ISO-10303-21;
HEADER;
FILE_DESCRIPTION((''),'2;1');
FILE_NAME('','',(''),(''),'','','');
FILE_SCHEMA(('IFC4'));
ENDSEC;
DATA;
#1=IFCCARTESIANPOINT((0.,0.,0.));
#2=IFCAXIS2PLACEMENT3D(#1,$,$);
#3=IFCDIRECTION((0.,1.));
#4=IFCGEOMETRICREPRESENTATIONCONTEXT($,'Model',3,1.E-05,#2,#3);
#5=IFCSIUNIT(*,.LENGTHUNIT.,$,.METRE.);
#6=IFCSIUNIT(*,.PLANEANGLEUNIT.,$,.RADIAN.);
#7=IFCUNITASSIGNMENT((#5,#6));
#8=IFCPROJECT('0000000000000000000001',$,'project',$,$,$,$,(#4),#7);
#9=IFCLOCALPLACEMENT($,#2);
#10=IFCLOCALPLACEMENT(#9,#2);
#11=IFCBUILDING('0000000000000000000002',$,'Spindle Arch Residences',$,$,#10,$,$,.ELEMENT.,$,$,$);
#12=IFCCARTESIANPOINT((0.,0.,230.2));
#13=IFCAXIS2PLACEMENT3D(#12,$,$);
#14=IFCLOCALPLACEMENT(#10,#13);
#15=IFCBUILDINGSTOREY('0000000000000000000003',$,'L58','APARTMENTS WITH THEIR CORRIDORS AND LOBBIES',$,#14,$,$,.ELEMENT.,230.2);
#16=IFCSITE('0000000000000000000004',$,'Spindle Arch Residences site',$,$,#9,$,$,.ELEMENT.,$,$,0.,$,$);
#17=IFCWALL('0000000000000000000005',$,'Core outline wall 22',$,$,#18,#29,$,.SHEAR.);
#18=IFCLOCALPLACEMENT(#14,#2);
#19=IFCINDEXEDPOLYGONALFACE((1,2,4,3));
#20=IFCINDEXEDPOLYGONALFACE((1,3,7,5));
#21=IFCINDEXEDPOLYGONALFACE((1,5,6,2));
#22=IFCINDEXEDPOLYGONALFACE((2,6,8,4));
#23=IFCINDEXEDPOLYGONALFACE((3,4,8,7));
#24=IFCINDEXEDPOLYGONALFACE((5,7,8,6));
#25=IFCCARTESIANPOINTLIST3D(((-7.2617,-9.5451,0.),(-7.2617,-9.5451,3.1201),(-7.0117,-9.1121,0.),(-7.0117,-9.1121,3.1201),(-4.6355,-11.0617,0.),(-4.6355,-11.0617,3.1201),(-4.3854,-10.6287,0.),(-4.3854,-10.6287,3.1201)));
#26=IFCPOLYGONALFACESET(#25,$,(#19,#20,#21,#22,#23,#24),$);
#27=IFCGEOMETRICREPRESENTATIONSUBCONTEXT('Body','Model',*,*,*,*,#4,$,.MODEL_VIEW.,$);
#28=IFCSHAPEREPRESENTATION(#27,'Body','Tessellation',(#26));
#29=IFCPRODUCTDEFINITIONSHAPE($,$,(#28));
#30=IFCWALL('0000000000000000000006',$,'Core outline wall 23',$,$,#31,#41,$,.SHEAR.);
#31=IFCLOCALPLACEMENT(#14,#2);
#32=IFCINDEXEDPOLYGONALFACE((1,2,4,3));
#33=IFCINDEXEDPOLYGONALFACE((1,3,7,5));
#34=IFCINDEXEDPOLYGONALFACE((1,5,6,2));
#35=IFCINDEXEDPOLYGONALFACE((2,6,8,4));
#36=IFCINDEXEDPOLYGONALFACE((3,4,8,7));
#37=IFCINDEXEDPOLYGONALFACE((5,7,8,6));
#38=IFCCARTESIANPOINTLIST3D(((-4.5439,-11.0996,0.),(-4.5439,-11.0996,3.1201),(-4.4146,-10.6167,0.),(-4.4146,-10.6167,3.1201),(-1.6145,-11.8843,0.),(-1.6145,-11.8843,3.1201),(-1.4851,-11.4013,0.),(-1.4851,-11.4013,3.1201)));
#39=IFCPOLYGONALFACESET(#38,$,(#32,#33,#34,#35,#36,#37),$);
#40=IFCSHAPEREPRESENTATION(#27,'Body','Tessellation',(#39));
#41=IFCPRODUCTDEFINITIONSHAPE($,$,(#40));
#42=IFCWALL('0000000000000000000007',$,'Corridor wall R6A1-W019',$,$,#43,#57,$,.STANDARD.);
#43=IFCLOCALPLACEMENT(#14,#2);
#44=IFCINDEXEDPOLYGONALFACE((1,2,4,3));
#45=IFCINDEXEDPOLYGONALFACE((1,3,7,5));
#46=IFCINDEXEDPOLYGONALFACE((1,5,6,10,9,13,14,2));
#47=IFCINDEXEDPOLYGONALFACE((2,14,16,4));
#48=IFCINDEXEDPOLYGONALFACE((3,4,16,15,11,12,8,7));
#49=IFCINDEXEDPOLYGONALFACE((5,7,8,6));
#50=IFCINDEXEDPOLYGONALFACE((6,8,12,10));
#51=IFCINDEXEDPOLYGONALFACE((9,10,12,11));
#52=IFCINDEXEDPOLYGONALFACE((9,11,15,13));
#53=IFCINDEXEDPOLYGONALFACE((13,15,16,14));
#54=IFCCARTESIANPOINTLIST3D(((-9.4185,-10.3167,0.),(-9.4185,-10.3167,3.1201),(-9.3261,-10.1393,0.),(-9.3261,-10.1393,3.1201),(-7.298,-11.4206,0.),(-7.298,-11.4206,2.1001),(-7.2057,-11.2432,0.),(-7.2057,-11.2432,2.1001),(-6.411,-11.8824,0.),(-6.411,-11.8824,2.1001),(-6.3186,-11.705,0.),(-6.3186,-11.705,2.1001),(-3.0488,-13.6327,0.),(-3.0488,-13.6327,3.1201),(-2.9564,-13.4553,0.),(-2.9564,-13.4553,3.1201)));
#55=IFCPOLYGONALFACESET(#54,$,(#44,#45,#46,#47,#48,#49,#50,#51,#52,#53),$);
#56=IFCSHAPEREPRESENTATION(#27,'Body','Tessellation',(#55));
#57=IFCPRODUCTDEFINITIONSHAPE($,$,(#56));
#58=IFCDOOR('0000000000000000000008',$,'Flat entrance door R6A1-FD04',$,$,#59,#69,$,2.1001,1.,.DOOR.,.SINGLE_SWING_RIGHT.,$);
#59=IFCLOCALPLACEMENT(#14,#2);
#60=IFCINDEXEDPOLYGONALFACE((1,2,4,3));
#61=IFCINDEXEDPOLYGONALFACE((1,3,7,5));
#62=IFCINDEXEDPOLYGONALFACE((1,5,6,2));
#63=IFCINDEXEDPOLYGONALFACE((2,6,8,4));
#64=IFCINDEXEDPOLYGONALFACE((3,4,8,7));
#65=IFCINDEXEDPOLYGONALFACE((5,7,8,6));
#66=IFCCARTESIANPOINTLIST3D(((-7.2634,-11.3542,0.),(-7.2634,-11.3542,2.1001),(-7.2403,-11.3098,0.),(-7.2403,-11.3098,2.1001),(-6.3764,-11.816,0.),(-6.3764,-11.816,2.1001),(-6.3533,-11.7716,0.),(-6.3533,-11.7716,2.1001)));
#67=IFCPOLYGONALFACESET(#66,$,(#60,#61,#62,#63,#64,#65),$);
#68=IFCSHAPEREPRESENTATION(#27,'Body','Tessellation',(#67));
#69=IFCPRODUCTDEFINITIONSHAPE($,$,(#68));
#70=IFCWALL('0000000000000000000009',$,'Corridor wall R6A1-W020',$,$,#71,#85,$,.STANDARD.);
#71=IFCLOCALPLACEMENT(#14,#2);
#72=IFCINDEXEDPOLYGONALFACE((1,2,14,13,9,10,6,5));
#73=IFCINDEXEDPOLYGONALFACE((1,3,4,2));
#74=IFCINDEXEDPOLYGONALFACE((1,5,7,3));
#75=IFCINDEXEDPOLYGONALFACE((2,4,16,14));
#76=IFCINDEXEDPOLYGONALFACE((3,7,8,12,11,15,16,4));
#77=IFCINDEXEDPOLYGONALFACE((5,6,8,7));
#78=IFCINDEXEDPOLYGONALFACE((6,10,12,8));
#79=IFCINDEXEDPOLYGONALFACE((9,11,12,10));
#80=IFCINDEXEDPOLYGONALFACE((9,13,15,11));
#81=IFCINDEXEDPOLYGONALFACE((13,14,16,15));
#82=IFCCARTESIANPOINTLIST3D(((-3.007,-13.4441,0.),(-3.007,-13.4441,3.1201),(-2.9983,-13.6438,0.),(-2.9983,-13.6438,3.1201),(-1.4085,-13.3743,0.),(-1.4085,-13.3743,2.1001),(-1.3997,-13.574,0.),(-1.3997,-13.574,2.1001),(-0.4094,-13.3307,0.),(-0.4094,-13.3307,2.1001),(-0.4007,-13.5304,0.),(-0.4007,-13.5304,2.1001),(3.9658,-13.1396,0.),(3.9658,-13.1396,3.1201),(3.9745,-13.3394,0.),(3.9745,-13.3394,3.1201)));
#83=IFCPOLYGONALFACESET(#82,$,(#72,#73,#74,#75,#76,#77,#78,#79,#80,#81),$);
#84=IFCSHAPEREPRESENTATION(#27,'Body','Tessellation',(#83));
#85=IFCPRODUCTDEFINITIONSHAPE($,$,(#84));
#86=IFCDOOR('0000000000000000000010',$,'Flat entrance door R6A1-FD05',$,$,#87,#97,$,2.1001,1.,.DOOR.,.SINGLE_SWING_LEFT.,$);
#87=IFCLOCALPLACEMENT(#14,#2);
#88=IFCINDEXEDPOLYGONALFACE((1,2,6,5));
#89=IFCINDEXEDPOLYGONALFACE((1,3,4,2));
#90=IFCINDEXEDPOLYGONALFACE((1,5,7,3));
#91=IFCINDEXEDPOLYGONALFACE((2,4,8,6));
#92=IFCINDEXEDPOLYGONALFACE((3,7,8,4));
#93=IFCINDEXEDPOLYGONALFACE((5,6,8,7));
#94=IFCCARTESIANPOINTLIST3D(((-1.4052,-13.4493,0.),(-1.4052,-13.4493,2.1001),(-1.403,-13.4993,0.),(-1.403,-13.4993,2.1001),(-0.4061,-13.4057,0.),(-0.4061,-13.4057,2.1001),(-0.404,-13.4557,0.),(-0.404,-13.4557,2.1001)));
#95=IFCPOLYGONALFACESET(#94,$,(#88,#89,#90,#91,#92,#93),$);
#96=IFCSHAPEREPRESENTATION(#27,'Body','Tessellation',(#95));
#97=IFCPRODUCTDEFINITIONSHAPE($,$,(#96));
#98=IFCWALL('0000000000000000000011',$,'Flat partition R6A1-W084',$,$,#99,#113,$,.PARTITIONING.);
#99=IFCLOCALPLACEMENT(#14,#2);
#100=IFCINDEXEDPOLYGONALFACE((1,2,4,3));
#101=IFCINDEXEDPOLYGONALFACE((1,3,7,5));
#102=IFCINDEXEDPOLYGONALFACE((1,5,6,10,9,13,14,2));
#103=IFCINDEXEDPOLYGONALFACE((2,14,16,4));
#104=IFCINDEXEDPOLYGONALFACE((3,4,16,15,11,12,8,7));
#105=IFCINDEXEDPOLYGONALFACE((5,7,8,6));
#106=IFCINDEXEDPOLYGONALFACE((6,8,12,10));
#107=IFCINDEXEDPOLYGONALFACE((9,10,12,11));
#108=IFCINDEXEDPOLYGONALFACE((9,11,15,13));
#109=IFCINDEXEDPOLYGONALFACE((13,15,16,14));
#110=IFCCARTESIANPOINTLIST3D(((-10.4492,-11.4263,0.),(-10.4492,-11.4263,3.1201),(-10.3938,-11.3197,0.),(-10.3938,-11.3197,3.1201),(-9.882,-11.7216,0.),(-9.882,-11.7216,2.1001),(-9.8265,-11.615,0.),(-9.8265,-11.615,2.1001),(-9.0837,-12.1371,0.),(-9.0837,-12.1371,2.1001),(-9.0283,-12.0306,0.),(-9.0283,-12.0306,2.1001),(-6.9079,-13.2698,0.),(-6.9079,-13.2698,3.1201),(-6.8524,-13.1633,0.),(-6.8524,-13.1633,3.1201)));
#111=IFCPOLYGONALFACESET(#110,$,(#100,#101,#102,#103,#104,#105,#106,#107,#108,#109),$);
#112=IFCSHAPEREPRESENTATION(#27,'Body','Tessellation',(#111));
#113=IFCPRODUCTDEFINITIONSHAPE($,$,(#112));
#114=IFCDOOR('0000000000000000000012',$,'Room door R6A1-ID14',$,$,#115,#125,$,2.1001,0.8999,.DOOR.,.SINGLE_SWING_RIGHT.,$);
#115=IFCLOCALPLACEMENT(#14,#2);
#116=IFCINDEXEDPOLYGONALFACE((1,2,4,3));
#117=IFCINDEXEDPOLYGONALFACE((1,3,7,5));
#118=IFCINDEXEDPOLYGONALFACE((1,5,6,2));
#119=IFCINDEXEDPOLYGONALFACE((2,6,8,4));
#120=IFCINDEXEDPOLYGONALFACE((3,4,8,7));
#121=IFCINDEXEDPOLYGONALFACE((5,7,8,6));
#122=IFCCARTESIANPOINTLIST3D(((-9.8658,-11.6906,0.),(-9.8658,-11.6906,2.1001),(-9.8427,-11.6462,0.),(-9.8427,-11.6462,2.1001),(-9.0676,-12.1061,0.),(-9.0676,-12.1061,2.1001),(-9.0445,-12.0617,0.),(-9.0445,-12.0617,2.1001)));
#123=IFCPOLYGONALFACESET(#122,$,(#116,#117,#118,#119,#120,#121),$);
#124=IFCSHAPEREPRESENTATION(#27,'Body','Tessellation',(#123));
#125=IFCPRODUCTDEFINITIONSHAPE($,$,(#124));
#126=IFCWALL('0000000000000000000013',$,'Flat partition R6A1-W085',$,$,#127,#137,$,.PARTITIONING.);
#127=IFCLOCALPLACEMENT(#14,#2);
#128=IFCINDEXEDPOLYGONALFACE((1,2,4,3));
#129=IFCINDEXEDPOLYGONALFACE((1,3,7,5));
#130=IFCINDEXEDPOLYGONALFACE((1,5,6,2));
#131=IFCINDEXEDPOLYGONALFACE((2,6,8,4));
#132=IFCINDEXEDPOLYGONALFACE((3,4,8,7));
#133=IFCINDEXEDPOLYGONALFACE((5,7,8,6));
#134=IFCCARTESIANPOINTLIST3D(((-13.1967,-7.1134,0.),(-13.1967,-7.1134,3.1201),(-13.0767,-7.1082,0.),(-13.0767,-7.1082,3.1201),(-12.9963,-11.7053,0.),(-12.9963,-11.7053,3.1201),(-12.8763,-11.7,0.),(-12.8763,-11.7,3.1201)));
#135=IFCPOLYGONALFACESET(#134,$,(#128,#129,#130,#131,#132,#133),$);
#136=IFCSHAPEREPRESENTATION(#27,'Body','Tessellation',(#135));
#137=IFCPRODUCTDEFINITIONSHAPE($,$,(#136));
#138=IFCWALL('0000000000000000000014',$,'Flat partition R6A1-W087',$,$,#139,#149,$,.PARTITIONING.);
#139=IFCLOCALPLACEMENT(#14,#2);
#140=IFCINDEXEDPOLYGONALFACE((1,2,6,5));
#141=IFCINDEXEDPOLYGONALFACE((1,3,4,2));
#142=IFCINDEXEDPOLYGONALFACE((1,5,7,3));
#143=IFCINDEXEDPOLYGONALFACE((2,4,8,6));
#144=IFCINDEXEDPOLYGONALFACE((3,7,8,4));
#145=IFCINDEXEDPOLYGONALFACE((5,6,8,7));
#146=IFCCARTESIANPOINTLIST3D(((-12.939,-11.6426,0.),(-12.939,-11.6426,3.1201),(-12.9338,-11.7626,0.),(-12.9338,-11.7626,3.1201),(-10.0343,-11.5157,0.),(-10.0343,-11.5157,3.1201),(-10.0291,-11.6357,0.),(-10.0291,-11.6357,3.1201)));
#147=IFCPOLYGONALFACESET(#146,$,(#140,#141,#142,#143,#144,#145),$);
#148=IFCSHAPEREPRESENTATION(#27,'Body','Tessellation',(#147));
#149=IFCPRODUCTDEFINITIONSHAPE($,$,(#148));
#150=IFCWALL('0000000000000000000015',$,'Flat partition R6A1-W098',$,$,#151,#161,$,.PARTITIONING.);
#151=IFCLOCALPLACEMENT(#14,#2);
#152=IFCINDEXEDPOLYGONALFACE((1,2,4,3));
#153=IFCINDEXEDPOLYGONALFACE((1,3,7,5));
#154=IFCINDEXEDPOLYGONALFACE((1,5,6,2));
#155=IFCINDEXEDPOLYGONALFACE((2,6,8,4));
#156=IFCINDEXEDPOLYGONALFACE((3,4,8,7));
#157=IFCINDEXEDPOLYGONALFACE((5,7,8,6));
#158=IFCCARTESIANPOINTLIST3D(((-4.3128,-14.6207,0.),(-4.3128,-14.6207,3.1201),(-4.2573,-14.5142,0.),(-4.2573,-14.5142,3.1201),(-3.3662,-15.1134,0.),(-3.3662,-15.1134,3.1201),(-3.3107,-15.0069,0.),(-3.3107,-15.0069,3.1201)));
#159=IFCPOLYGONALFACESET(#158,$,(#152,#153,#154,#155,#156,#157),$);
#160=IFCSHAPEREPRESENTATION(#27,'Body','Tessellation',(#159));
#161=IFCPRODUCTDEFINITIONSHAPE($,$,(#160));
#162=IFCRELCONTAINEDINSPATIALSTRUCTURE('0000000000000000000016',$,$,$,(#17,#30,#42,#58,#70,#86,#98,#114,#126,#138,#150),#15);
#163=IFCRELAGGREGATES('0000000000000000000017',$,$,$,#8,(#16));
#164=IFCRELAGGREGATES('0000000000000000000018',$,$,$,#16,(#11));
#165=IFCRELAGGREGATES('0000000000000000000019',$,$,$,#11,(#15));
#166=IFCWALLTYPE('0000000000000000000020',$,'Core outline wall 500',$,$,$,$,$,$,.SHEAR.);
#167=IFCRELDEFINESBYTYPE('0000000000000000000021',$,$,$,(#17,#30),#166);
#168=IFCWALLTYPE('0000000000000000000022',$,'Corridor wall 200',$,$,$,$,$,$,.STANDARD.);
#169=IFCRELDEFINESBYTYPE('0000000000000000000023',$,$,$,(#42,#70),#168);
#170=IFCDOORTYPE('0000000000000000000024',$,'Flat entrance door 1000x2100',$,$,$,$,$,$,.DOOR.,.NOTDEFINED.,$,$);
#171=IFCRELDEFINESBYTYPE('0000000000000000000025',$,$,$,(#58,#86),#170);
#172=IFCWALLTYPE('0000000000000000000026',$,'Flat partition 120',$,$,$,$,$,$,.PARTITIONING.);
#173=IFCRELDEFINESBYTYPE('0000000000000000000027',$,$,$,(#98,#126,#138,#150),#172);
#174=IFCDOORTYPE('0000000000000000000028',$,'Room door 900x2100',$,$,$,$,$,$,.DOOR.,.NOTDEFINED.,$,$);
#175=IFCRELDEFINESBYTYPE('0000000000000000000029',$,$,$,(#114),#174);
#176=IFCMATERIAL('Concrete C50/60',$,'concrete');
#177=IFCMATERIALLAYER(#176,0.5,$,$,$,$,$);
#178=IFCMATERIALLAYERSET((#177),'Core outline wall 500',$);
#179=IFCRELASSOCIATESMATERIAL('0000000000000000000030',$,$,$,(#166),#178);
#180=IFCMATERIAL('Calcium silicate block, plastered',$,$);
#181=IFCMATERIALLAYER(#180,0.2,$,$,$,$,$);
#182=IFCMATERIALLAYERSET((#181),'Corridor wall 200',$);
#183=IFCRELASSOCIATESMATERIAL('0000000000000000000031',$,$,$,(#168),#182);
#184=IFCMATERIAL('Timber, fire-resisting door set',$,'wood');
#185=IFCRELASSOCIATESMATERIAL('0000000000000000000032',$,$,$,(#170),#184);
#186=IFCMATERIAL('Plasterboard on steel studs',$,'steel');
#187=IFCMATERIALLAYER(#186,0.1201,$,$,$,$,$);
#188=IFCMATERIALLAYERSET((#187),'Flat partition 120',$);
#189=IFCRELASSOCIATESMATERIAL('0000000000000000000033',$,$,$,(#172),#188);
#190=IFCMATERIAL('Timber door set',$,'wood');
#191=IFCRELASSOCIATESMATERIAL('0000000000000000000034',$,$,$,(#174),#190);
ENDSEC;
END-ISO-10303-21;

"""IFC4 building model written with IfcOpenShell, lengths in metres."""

from ifc_helpers import new_model, si_unit, direction, frame, frame_2d, origin, place, context, subcontext, project, spatial, rectangle, extrude, material, layer, layer_set, type_object, element, fill, save


model = new_model("IFC4")

# Units and contexts
model_context = context("Model", 3, precision=1e-05, world=origin(), true_north=direction((0.0, 1.0)))
body_context = subcontext(model_context, "Body", "Model", "MODEL_VIEW")
ifc_project = project(units=[si_unit("LENGTHUNIT", "METRE"), si_unit("PLANEANGLEUNIT", "RADIAN")], contexts=[model_context])

# Site, building, storey
site_placement = place(None, origin())
site = spatial("IfcSite", under=ifc_project, at=site_placement, Name="Spindle Arch Residences site", CompositionType="ELEMENT", RefElevation=0.0)
building_placement = place(site_placement, origin())
building = spatial("IfcBuilding", under=site, at=building_placement, Name="Spindle Arch Residences", CompositionType="ELEMENT")
storey_placement = place(building_placement, frame((0.0, 0.0, 230.2)))
storey = spatial("IfcBuildingStorey", under=building, at=storey_placement, Name="L58", Description="APARTMENTS WITH THEIR CORRIDORS AND LOBBIES", CompositionType="ELEMENT", Elevation=230.2)

# Walls
ifc_material_1 = material(Name="Concrete C50/60", Category="concrete")
ifc_layer_1 = layer(ifc_material_1, 0.5)
ifc_layer_set_1 = layer_set([ifc_layer_1], Name="Core outline wall 500")
wall_type_1 = type_object("IfcWallType", Name="Core outline wall 500", PredefinedType="SHEAR", material=ifc_layer_set_1)
for number, where, z_axis, x_axis, name in (
    (1, (-7.1367, -9.3286, 0.0), (0.0, 0.0, 1.0), (0.865975, -0.500087, 0.0), "Core outline wall 22"),
    (2, (-4.4792, -10.8582, 0.0), (0.0, 0.0, 1.0), (0.965948, -0.258735, 0.0), "Core outline wall 23"),
):
    element("IfcWall", number, at=place(storey_placement, frame(where, z_axis=z_axis, x_axis=x_axis)), inside=storey, type_object=wall_type_1, Name=name, PredefinedType="SHEAR", context=body_context, shape_type="SweptSolid", body=[
        extrude(rectangle(XDim=3.0327, YDim=0.5, at=frame_2d((1.5164, 0.0))), origin(), (0.0, 0.0, 1.0), 3.1201),
    ])

# Walls, openings, doors
ifc_material_2 = material(Name="Calcium silicate block, plastered")
ifc_layer_2 = layer(ifc_material_2, 0.2)
ifc_layer_set_2 = layer_set([ifc_layer_2], Name="Corridor wall 200")
wall_type_2 = type_object("IfcWallType", Name="Corridor wall 200", PredefinedType="STANDARD", material=ifc_layer_set_2)
wall_1_placement = place(storey_placement, frame((-9.3723, -10.228, 0.0), z_axis=(0.0, 0.0, 1.0), x_axis=(0.887005, -0.461759, 0.0)))
wall_1 = element("IfcWall", 3, at=wall_1_placement, inside=storey, type_object=wall_type_2, Name="Corridor wall R6A1-W019", PredefinedType="STANDARD", context=body_context, shape_type="SweptSolid", body=[
    extrude(rectangle(XDim=7.1812, YDim=0.2, at=frame_2d((3.5906, 0.0))), origin(), (0.0, 0.0, 1.0), 3.1201),
])
opening_1_placement = place(wall_1_placement, frame((2.3906, 0.0, 0.0)))
opening_1 = element("IfcOpeningElement", 4, at=opening_1_placement, cuts=wall_1, PredefinedType="OPENING", context=body_context, shape_type="SweptSolid", body=[
    extrude(rectangle(XDim=1.0, YDim=2.1001, at=frame_2d((0.5, 1.05))), frame((0.0, 0.1099, 0.0), z_axis=(0.0, -1.0, 0.0), x_axis=(1.0, 0.0, 0.0)), (0.0, 0.0, 1.0), 0.22),
])
ifc_material_3 = material(Name="Timber, fire-resisting door set", Category="wood")
door_type_1 = type_object("IfcDoorType", Name="Flat entrance door 1000x2100", OperationType="NOTDEFINED", PredefinedType="DOOR", material=ifc_material_3)
door_1_placement = place(opening_1_placement, origin())
door_1 = element("IfcDoor", 5, at=door_1_placement, inside=storey, type_object=door_type_1, Name="Flat entrance door R6A1-FD04", OperationType="SINGLE_SWING_RIGHT", OverallHeight=2.1001, OverallWidth=1.0, PredefinedType="DOOR", context=body_context, shape_type="SweptSolid", body=[
    extrude(rectangle(XDim=1.0, YDim=2.1001, at=frame_2d((0.5, 1.05))), frame((0.0, 0.0249, 0.0), z_axis=(0.0, -1.0, 0.0), x_axis=(1.0, 0.0, 0.0)), (0.0, 0.0, 1.0), 0.05),
])
fill(opening_1, door_1)
wall_2_placement = place(storey_placement, frame((-3.0027, -13.5439, 0.0), z_axis=(0.0, 0.0, 1.0), x_axis=(0.999048, 0.043619, 0.0)))
wall_2 = element("IfcWall", 6, at=wall_2_placement, inside=storey, type_object=wall_type_2, Name="Corridor wall R6A1-W020", PredefinedType="STANDARD", context=body_context, shape_type="SweptSolid", body=[
    extrude(rectangle(XDim=6.9795, YDim=0.2, at=frame_2d((3.4897, 0.0))), origin(), (0.0, 0.0, 1.0), 3.1201),
])
opening_2_placement = place(wall_2_placement, frame((1.6001, 0.0, 0.0)))
opening_2 = element("IfcOpeningElement", 7, at=opening_2_placement, cuts=wall_2, PredefinedType="OPENING", context=body_context, shape_type="SweptSolid", body=[
    extrude(rectangle(XDim=1.0, YDim=2.1001, at=frame_2d((0.5, 1.05))), frame((0.0, 0.1099, 0.0), z_axis=(0.0, -1.0, 0.0), x_axis=(1.0, 0.0, 0.0)), (0.0, 0.0, 1.0), 0.22),
])
door_2_placement = place(opening_2_placement, origin())
door_2 = element("IfcDoor", 8, at=door_2_placement, inside=storey, type_object=door_type_1, Name="Flat entrance door R6A1-FD05", OperationType="SINGLE_SWING_LEFT", OverallHeight=2.1001, OverallWidth=1.0, PredefinedType="DOOR", context=body_context, shape_type="SweptSolid", body=[
    extrude(rectangle(XDim=1.0, YDim=2.1001, at=frame_2d((0.5, 1.05))), frame((0.0, 0.0249, 0.0), z_axis=(0.0, -1.0, 0.0), x_axis=(1.0, 0.0, 0.0)), (0.0, 0.0, 1.0), 0.05),
])
fill(opening_2, door_2)
ifc_material_4 = material(Name="Plasterboard on steel studs", Category="steel")
ifc_layer_3 = layer(ifc_material_4, 0.1201)
ifc_layer_set_3 = layer_set([ifc_layer_3], Name="Flat partition 120")
wall_type_3 = type_object("IfcWallType", Name="Flat partition 120", PredefinedType="PARTITIONING", material=ifc_layer_set_3)
wall_3_placement = place(storey_placement, frame((-10.4214, -11.373, 0.0), z_axis=(0.0, 0.0, 1.0), x_axis=(0.887006, -0.461757, 0.0)))
wall_3 = element("IfcWall", 9, at=wall_3_placement, inside=storey, type_object=wall_type_3, Name="Flat partition R6A1-W084", PredefinedType="PARTITIONING", context=body_context, shape_type="SweptSolid", body=[
    extrude(rectangle(XDim=3.9924, YDim=0.1201, at=frame_2d((1.9961, 0.0))), origin(), (0.0, 0.0, 1.0), 3.1201),
])
opening_3_placement = place(wall_3_placement, frame((0.6394, 0.0, 0.0)))
opening_3 = element("IfcOpeningElement", 10, at=opening_3_placement, cuts=wall_3, PredefinedType="OPENING", context=body_context, shape_type="SweptSolid", body=[
    extrude(rectangle(XDim=0.8999, YDim=2.1001, at=frame_2d((0.45, 1.05))), frame((0.0, 0.0701, 0.0), z_axis=(0.0, -1.0, 0.0), x_axis=(1.0, 0.0, 0.0)), (0.0, 0.0, 1.0), 0.1401),
])
ifc_material_5 = material(Name="Timber door set", Category="wood")
door_type_2 = type_object("IfcDoorType", Name="Room door 900x2100", OperationType="NOTDEFINED", PredefinedType="DOOR", material=ifc_material_5)
door_3_placement = place(opening_3_placement, origin())
door_3 = element("IfcDoor", 11, at=door_3_placement, inside=storey, type_object=door_type_2, Name="Room door R6A1-ID14", OperationType="SINGLE_SWING_RIGHT", OverallHeight=2.1001, OverallWidth=0.8999, PredefinedType="DOOR", context=body_context, shape_type="SweptSolid", body=[
    extrude(rectangle(XDim=0.8999, YDim=2.1001, at=frame_2d((0.45, 1.05))), frame((0.0, 0.0249, 0.0), z_axis=(0.0, -1.0, 0.0), x_axis=(1.0, 0.0, 0.0)), (0.0, 0.0, 1.0), 0.05),
])
fill(opening_3, door_3)

# Walls
wall_4_placement = place(storey_placement, frame((-12.9363, -11.7026, 0.0), z_axis=(0.0, 0.0, 1.0), x_axis=(-0.04361, 0.999049, 0.0)))
element("IfcWall", 12, at=wall_4_placement, inside=storey, type_object=wall_type_3, Name="Flat partition R6A1-W085", PredefinedType="PARTITIONING", context=body_context, shape_type="SweptSolid", body=[
    extrude(rectangle(XDim=4.5962, YDim=0.1201, at=frame_2d((2.2981, 0.0))), origin(), (0.0, 0.0, 1.0), 3.1201),
])
wall_5_placement = place(storey_placement, frame((-12.9363, -11.7026, 0.0), z_axis=(0.0, 0.0, 1.0), x_axis=(0.999046, 0.043663, 0.0)))
element("IfcWall", 13, at=wall_5_placement, inside=storey, type_object=wall_type_3, Name="Flat partition R6A1-W087", PredefinedType="PARTITIONING", context=body_context, shape_type="SweptSolid", body=[
    extrude(rectangle(XDim=2.9075, YDim=0.1201, at=frame_2d((1.4536, 0.0))), origin(), (0.0, 0.0, 1.0), 3.1201),
])
wall_6_placement = place(storey_placement, frame((-4.2852, -14.5674, 0.0), z_axis=(0.0, 0.0, 1.0), x_axis=(0.887033, -0.461706, 0.0)))
element("IfcWall", 14, at=wall_6_placement, inside=storey, type_object=wall_type_3, Name="Flat partition R6A1-W098", PredefinedType="PARTITIONING", context=body_context, shape_type="SweptSolid", body=[
    extrude(rectangle(XDim=1.0671, YDim=0.1201, at=frame_2d((0.5337, 0.0))), origin(), (0.0, 0.0, 1.0), 3.1201),
])

save(model, "model.ifc")
